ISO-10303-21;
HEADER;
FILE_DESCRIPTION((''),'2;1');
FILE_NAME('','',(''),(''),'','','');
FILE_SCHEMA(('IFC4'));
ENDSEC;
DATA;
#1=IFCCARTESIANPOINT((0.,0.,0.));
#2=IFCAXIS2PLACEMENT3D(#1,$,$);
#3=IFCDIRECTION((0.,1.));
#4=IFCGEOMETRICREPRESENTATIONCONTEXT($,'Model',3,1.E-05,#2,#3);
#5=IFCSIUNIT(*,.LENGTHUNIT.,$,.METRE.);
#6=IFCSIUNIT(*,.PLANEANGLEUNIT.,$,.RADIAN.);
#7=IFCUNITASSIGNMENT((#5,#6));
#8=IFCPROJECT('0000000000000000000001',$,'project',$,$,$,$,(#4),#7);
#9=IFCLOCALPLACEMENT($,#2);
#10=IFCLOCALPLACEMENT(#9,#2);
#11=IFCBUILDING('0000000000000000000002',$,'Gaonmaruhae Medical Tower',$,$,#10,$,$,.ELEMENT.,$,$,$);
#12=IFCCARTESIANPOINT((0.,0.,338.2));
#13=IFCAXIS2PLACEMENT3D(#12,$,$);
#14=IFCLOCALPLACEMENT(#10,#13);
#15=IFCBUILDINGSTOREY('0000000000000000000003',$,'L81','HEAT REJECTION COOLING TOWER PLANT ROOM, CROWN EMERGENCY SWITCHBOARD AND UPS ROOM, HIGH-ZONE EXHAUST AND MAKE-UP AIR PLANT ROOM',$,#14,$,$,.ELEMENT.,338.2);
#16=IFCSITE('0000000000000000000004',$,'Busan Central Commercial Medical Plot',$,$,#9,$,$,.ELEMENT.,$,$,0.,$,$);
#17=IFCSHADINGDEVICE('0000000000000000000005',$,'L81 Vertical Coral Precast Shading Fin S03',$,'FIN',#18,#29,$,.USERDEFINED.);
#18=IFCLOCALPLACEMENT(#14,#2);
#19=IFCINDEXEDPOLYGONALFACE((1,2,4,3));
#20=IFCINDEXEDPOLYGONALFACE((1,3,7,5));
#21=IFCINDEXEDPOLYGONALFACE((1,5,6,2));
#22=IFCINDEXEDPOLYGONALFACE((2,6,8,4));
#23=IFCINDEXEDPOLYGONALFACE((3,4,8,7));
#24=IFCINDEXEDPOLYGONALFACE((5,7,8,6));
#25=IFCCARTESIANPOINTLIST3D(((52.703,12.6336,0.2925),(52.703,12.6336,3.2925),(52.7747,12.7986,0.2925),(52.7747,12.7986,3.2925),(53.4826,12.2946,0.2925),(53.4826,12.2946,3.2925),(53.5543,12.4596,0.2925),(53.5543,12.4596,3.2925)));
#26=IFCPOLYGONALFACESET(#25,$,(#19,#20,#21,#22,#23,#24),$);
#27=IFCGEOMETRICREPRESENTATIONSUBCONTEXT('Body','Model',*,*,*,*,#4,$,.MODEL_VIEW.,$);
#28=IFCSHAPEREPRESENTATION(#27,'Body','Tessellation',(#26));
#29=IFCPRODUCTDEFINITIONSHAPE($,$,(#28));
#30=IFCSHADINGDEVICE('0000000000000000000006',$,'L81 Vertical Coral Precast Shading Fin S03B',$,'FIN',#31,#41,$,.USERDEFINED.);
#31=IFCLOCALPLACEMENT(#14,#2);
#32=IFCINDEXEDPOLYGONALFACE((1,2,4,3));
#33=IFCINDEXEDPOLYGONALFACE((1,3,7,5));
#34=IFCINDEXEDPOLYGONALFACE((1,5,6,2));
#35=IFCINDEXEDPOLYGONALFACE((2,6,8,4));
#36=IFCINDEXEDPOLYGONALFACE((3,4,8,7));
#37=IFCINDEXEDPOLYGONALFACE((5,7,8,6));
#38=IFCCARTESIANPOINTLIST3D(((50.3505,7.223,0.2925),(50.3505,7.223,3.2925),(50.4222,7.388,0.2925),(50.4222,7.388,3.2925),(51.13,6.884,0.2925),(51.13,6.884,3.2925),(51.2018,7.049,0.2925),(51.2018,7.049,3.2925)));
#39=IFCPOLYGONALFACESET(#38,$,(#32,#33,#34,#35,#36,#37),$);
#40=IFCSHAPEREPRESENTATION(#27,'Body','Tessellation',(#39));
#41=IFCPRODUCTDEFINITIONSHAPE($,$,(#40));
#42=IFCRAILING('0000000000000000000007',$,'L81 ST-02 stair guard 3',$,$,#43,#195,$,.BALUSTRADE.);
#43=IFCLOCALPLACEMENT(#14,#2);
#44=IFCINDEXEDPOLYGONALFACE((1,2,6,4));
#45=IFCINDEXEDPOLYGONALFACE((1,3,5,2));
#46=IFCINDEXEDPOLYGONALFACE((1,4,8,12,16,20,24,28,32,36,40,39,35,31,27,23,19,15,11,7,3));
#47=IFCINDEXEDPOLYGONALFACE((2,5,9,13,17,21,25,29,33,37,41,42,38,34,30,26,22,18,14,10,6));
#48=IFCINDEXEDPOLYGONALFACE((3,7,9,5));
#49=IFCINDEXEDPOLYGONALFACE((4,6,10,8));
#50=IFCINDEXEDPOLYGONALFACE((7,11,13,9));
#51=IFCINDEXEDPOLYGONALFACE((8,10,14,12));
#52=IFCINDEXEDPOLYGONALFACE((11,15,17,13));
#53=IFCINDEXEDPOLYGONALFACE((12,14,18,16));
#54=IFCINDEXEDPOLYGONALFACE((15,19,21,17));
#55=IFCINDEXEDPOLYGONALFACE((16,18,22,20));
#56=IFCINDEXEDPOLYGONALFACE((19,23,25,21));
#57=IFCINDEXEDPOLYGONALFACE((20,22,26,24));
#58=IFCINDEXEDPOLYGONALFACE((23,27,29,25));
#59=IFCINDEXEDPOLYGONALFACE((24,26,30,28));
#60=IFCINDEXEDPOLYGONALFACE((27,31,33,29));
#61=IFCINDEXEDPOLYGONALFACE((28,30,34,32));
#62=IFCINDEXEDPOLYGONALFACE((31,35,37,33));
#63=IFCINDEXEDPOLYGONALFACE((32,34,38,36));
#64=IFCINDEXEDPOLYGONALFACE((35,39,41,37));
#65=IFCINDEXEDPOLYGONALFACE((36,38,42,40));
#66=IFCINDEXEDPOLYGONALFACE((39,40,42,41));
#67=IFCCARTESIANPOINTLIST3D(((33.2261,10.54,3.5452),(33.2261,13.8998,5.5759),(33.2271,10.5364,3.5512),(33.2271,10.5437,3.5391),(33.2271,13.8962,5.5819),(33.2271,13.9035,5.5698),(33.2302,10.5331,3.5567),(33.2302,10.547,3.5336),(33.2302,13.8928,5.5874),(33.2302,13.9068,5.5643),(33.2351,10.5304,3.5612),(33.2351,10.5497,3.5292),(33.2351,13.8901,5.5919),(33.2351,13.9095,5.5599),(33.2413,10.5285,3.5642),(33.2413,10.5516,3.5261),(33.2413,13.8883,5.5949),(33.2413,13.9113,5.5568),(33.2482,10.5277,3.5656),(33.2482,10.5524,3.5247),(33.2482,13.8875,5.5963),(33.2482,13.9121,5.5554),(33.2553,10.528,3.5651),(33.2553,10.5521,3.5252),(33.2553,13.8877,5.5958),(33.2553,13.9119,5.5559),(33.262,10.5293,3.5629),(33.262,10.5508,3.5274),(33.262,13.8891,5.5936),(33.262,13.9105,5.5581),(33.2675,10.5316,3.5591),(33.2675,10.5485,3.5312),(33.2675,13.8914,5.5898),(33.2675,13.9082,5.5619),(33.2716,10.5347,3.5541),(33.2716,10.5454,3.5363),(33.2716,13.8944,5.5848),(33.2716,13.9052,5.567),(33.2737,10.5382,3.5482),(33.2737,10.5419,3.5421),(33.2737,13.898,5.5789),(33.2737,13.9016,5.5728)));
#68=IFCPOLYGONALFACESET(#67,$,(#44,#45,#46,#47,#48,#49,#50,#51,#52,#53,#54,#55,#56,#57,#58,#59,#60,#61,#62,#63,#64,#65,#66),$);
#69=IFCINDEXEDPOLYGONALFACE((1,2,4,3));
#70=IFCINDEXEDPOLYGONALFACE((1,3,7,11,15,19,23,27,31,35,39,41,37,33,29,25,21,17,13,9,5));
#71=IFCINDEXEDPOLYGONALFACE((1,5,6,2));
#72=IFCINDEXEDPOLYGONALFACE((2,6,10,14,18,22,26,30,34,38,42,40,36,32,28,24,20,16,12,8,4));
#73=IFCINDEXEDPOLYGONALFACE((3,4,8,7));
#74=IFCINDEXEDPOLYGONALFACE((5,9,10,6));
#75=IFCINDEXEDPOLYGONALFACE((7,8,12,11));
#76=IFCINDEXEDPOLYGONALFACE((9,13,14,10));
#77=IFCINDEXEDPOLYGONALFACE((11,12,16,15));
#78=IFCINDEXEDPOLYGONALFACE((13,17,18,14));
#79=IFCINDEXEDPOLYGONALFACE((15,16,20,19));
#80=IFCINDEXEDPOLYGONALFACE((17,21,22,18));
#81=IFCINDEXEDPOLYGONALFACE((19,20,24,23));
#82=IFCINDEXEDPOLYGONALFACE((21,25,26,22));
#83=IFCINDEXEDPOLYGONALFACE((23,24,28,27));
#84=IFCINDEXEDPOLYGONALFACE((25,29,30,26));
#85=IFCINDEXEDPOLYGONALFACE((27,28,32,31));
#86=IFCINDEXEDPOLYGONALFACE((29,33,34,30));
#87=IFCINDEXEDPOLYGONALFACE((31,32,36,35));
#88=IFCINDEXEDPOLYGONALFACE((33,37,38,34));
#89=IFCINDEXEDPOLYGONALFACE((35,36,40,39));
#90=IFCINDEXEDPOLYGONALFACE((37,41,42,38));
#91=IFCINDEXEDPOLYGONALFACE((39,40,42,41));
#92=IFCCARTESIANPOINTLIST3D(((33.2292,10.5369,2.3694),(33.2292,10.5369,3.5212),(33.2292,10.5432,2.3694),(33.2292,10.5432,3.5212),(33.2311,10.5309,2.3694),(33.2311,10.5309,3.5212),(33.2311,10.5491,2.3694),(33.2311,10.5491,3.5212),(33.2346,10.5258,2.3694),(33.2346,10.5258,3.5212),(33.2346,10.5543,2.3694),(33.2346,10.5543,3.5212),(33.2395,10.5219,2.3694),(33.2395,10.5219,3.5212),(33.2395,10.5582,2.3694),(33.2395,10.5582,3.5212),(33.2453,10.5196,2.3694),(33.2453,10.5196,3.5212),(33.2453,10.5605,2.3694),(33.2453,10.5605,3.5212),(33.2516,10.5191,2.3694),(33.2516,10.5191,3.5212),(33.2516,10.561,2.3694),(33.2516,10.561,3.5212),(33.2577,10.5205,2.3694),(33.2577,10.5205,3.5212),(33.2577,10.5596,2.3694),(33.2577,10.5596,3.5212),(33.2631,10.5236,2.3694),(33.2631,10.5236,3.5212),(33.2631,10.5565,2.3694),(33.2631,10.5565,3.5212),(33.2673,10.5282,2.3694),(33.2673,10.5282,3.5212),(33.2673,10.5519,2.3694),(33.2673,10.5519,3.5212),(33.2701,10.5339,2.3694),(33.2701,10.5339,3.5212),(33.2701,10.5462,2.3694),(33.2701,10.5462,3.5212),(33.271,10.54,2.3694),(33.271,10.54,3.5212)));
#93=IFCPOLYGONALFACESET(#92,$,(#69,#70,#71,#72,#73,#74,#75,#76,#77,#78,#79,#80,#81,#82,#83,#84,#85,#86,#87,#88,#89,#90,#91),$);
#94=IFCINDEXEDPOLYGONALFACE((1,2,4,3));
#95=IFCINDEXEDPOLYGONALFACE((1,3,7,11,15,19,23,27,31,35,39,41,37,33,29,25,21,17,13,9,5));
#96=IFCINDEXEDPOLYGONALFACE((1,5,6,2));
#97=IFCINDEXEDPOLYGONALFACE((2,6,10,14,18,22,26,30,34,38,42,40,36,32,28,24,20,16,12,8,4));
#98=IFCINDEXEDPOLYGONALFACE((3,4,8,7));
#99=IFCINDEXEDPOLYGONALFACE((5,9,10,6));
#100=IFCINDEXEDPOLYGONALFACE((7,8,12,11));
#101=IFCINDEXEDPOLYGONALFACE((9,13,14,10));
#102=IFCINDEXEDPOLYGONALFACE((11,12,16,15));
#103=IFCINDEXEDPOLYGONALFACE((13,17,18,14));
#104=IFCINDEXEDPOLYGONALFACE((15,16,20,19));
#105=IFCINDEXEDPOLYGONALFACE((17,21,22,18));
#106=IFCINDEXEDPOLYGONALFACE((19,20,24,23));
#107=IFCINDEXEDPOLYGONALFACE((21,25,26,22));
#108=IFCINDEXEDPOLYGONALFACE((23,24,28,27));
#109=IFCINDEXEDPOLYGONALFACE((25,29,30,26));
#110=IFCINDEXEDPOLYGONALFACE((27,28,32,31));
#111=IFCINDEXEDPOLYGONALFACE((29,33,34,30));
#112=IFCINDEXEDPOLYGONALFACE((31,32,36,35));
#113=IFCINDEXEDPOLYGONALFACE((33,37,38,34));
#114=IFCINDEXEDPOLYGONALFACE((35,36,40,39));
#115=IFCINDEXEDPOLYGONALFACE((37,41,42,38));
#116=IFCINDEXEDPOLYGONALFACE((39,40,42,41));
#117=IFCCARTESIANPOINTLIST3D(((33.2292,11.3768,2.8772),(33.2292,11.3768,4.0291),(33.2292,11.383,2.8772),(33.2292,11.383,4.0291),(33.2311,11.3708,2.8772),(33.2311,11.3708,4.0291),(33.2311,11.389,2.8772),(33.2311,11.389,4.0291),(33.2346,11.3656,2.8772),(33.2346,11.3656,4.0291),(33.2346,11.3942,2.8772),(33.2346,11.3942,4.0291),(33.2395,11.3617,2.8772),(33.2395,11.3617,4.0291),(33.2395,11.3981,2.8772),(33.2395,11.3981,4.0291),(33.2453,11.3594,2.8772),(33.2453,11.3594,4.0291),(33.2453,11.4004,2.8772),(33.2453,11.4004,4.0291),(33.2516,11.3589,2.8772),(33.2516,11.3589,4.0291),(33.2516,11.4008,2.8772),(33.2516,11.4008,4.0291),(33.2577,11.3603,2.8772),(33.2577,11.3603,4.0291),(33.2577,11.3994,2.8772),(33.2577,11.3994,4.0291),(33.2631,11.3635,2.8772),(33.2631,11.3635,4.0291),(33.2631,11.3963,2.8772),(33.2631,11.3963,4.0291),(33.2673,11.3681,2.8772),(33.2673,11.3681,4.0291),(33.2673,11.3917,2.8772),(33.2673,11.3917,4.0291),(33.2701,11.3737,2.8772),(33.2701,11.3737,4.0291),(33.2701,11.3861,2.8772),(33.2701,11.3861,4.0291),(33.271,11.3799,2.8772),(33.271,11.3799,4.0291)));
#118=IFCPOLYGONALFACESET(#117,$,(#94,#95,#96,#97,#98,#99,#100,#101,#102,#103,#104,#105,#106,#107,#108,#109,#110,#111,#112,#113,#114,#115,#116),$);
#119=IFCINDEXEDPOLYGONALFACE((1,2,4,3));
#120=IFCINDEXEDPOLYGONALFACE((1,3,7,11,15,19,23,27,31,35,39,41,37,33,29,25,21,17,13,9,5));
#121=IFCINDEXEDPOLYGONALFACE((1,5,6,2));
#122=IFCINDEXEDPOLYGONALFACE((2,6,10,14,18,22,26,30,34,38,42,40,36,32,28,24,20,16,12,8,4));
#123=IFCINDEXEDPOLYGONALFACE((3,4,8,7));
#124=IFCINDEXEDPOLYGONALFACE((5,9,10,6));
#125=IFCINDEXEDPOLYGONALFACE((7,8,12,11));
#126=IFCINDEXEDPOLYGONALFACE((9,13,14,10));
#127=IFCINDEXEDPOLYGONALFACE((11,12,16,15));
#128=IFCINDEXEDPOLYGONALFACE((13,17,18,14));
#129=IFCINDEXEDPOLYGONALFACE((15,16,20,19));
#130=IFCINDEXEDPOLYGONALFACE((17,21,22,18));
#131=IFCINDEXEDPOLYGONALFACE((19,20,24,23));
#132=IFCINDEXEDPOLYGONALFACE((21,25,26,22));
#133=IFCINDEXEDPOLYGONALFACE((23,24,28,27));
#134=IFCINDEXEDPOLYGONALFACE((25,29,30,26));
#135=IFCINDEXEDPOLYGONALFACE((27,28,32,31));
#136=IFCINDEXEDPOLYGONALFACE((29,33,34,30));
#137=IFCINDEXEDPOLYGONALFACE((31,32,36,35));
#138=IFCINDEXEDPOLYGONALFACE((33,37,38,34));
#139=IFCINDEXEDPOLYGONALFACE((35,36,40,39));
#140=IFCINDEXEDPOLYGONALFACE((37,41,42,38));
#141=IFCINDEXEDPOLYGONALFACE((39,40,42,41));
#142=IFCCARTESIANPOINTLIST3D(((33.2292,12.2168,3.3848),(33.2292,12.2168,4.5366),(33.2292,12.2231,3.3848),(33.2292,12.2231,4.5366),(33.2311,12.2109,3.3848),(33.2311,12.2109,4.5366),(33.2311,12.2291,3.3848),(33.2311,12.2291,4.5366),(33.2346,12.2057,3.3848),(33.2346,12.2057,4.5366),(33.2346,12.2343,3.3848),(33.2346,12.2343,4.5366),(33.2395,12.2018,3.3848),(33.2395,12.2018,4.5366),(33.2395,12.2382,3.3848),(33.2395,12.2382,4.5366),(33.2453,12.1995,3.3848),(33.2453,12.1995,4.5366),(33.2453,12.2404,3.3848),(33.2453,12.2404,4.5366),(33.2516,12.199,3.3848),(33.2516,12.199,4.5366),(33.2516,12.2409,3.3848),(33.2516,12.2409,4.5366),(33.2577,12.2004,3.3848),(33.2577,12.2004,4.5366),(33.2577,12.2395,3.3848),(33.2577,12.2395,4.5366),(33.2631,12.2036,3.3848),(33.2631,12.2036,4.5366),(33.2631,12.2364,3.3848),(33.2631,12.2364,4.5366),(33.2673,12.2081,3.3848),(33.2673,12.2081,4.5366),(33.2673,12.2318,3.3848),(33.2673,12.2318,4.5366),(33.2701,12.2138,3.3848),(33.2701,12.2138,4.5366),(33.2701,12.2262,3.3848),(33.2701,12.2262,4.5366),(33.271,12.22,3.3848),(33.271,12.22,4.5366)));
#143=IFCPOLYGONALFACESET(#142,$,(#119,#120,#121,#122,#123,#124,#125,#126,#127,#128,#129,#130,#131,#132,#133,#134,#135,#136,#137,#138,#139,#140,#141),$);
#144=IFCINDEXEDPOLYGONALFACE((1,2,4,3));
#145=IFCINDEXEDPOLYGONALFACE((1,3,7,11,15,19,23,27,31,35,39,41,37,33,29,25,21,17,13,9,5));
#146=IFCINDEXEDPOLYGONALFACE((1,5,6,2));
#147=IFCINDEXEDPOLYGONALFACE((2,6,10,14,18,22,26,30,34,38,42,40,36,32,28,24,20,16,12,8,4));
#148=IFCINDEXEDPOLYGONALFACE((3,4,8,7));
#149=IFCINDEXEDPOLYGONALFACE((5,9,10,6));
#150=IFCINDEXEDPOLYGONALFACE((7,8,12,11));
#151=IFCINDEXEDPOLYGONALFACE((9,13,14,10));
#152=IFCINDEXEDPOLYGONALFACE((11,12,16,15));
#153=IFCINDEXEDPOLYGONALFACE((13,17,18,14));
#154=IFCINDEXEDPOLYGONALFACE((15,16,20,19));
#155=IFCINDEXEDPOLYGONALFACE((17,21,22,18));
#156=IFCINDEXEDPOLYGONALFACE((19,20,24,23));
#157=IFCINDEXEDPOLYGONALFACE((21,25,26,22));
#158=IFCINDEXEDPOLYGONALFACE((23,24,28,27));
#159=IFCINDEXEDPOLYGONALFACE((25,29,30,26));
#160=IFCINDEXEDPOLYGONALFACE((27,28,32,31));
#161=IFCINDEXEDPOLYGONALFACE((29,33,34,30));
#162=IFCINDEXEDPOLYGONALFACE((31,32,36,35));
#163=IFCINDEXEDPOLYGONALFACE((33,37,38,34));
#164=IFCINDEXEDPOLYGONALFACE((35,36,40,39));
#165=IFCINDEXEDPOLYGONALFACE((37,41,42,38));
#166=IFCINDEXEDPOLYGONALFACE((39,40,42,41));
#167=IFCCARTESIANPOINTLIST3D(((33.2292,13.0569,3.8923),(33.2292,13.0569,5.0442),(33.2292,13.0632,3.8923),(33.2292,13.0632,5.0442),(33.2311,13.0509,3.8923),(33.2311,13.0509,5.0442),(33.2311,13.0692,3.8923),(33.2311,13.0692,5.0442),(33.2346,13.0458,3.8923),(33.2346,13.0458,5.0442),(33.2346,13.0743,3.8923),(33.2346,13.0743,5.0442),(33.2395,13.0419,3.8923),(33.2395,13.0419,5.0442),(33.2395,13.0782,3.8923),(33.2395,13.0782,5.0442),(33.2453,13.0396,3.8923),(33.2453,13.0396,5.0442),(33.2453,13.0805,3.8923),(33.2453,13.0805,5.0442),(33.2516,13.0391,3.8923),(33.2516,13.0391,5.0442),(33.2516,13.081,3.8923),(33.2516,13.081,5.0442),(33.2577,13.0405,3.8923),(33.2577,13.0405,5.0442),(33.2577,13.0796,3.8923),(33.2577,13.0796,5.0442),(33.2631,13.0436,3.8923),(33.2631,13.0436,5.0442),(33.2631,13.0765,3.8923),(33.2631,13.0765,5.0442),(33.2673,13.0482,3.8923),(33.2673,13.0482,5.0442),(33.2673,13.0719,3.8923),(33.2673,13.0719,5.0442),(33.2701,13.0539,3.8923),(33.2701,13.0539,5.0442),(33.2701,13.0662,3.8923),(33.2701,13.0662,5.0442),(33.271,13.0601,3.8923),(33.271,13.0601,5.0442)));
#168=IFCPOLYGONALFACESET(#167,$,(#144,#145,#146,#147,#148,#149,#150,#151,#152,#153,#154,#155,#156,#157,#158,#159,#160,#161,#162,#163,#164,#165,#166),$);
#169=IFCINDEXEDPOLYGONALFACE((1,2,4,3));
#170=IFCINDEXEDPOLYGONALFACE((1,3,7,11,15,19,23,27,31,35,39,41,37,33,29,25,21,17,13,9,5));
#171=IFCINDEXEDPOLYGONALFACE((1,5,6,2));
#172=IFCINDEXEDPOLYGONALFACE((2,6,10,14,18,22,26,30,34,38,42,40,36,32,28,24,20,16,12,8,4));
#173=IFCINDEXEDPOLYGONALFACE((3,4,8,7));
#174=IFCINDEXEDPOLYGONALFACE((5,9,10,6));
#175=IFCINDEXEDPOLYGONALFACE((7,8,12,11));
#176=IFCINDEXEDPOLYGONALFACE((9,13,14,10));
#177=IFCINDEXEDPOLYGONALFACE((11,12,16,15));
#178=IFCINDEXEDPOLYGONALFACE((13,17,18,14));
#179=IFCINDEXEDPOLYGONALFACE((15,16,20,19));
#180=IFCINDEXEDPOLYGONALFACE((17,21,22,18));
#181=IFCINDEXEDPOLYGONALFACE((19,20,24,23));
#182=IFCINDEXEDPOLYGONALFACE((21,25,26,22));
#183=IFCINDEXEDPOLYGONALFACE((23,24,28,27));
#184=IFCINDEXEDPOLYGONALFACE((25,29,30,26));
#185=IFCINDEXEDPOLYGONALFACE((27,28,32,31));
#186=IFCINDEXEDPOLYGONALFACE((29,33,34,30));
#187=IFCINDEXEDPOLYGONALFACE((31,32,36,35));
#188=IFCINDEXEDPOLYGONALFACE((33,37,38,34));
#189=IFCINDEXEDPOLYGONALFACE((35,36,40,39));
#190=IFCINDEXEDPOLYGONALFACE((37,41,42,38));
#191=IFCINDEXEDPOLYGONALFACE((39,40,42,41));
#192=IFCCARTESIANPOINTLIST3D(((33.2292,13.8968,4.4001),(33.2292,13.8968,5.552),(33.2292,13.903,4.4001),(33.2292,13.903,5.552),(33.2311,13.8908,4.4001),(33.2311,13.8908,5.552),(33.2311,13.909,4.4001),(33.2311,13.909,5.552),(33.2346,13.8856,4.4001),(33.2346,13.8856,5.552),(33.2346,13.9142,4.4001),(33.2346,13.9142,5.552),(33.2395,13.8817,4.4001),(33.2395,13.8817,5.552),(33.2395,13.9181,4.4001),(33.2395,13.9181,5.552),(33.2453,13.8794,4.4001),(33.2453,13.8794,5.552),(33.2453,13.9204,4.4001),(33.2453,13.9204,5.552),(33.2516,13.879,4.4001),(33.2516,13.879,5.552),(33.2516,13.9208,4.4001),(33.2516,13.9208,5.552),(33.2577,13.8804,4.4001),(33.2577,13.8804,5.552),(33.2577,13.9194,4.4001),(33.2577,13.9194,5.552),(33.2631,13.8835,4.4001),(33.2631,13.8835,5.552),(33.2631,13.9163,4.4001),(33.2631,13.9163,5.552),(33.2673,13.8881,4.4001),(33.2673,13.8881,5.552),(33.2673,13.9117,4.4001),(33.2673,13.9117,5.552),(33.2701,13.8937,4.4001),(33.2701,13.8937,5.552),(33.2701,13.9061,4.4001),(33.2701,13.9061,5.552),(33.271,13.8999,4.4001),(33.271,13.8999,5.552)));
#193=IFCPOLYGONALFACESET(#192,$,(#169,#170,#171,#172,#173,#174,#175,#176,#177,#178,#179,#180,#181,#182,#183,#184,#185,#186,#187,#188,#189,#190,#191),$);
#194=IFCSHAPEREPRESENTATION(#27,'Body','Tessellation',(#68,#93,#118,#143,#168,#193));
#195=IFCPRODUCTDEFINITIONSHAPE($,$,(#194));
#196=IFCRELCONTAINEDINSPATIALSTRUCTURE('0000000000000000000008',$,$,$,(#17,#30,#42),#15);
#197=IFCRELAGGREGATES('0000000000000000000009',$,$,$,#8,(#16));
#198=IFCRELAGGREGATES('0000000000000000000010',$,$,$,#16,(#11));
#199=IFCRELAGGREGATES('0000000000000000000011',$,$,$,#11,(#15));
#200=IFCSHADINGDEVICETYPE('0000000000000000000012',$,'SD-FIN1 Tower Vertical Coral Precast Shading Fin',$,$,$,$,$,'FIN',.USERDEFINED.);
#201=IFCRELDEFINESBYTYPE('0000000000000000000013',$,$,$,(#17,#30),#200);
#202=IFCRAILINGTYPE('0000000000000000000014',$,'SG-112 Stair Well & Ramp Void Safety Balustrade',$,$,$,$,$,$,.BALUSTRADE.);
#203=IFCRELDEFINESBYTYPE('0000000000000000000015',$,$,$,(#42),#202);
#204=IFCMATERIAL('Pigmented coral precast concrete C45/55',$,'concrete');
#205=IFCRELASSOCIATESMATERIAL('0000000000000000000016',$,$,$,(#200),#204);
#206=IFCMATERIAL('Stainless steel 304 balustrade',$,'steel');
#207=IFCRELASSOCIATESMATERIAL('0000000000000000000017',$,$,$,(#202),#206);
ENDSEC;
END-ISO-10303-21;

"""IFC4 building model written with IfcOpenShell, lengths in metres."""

from ifc_helpers import new_model, si_unit, direction, frame, origin, origin_2d, place, context, subcontext, project, spatial, rectangle, circle, extrude, material, type_object, element, save


model = new_model("IFC4")

# Units and contexts
model_context = context("Model", 3, precision=1e-05, world=origin(), true_north=direction((0.0, 1.0)))
body_context = subcontext(model_context, "Body", "Model", "MODEL_VIEW")
ifc_project = project(units=[si_unit("LENGTHUNIT", "METRE"), si_unit("PLANEANGLEUNIT", "RADIAN")], contexts=[model_context])

# Site, building, storey
site_placement = place(None, origin())
site = spatial("IfcSite", under=ifc_project, at=site_placement, Name="Busan Central Commercial Medical Plot", CompositionType="ELEMENT", RefElevation=0.0)
building_placement = place(site_placement, origin())
building = spatial("IfcBuilding", under=site, at=building_placement, Name="Gaonmaruhae Medical Tower", CompositionType="ELEMENT")
storey_placement = place(building_placement, frame((0.0, 0.0, 338.2)))
storey = spatial("IfcBuildingStorey", under=building, at=storey_placement, Name="L81", Description="HEAT REJECTION COOLING TOWER PLANT ROOM, CROWN EMERGENCY SWITCHBOARD AND UPS ROOM, HIGH-ZONE EXHAUST AND MAKE-UP AIR PLANT ROOM", CompositionType="ELEMENT", Elevation=338.2)

# Shading devices
ifc_material_1 = material(Name="Pigmented coral precast concrete C45/55", Category="concrete")
shading_device_type = type_object("IfcShadingDeviceType", Name="SD-FIN1 Tower Vertical Coral Precast Shading Fin", ElementType="FIN", PredefinedType="USERDEFINED", material=ifc_material_1)
for number, where, z_axis, x_axis, name in (
    (1, (53.1287, 12.5466, 0.2925), (0.0, 0.0, 1.0), (-0.398749, -0.91706, 0.0), "L81 Vertical Coral Precast Shading Fin S03"),
    (2, (50.7761, 7.136, 0.2925), (0.0, 0.0, 1.0), (-0.398749, -0.91706, 0.0), "L81 Vertical Coral Precast Shading Fin S03B"),
):
    element("IfcShadingDevice", number, at=place(storey_placement, frame(where, z_axis=z_axis, x_axis=x_axis)), inside=storey, type_object=shading_device_type, Name=name, ObjectType="FIN", PredefinedType="USERDEFINED", context=body_context, shape_type="SweptSolid", body=[
        extrude(rectangle(XDim=0.1799, YDim=0.8501, at=origin_2d()), origin(), (0.0, 0.0, 1.0), 3.0),
    ])

# Railing
ifc_material_2 = material(Name="Stainless steel 304 balustrade", Category="steel")
railing_type_1 = type_object("IfcRailingType", Name="SG-112 Stair Well & Ramp Void Safety Balustrade", PredefinedType="BALUSTRADE", material=ifc_material_2)
railing_1_placement = place(storey_placement, frame((33.25, 10.54, 2.3694)))
element("IfcRailing", 3, at=railing_1_placement, inside=storey, type_object=railing_type_1, Name="L81 ST-02 stair guard 3", PredefinedType="BALUSTRADE", context=body_context, shape_type="SweptSolid", body=[
    extrude(circle(Radius=0.0239, at=origin_2d()), frame((0.0, 0.0, 1.1758), z_axis=(0.0, 0.85582, 0.517273), x_axis=(-1.0, 0.0, 0.0)), (0.0, 0.0, 1.0), 3.9258),
    extrude(circle(Radius=0.021, at=origin_2d()), origin(), (0.0, 0.0, 1.0), 1.1519),
    extrude(circle(Radius=0.021, at=origin_2d()), frame((0.0, 0.8398, 0.5078)), (0.0, 0.0, 1.0), 1.1519),
    extrude(circle(Radius=0.021, at=origin_2d()), frame((0.0, 1.6799, 1.0154)), (0.0, 0.0, 1.0), 1.1519),
    extrude(circle(Radius=0.021, at=origin_2d()), frame((0.0, 2.52, 1.5229)), (0.0, 0.0, 1.0), 1.1519),
    extrude(circle(Radius=0.021, at=origin_2d()), frame((0.0, 3.3599, 2.0308)), (0.0, 0.0, 1.0), 1.1519),
])

save(model, "model.ifc")
